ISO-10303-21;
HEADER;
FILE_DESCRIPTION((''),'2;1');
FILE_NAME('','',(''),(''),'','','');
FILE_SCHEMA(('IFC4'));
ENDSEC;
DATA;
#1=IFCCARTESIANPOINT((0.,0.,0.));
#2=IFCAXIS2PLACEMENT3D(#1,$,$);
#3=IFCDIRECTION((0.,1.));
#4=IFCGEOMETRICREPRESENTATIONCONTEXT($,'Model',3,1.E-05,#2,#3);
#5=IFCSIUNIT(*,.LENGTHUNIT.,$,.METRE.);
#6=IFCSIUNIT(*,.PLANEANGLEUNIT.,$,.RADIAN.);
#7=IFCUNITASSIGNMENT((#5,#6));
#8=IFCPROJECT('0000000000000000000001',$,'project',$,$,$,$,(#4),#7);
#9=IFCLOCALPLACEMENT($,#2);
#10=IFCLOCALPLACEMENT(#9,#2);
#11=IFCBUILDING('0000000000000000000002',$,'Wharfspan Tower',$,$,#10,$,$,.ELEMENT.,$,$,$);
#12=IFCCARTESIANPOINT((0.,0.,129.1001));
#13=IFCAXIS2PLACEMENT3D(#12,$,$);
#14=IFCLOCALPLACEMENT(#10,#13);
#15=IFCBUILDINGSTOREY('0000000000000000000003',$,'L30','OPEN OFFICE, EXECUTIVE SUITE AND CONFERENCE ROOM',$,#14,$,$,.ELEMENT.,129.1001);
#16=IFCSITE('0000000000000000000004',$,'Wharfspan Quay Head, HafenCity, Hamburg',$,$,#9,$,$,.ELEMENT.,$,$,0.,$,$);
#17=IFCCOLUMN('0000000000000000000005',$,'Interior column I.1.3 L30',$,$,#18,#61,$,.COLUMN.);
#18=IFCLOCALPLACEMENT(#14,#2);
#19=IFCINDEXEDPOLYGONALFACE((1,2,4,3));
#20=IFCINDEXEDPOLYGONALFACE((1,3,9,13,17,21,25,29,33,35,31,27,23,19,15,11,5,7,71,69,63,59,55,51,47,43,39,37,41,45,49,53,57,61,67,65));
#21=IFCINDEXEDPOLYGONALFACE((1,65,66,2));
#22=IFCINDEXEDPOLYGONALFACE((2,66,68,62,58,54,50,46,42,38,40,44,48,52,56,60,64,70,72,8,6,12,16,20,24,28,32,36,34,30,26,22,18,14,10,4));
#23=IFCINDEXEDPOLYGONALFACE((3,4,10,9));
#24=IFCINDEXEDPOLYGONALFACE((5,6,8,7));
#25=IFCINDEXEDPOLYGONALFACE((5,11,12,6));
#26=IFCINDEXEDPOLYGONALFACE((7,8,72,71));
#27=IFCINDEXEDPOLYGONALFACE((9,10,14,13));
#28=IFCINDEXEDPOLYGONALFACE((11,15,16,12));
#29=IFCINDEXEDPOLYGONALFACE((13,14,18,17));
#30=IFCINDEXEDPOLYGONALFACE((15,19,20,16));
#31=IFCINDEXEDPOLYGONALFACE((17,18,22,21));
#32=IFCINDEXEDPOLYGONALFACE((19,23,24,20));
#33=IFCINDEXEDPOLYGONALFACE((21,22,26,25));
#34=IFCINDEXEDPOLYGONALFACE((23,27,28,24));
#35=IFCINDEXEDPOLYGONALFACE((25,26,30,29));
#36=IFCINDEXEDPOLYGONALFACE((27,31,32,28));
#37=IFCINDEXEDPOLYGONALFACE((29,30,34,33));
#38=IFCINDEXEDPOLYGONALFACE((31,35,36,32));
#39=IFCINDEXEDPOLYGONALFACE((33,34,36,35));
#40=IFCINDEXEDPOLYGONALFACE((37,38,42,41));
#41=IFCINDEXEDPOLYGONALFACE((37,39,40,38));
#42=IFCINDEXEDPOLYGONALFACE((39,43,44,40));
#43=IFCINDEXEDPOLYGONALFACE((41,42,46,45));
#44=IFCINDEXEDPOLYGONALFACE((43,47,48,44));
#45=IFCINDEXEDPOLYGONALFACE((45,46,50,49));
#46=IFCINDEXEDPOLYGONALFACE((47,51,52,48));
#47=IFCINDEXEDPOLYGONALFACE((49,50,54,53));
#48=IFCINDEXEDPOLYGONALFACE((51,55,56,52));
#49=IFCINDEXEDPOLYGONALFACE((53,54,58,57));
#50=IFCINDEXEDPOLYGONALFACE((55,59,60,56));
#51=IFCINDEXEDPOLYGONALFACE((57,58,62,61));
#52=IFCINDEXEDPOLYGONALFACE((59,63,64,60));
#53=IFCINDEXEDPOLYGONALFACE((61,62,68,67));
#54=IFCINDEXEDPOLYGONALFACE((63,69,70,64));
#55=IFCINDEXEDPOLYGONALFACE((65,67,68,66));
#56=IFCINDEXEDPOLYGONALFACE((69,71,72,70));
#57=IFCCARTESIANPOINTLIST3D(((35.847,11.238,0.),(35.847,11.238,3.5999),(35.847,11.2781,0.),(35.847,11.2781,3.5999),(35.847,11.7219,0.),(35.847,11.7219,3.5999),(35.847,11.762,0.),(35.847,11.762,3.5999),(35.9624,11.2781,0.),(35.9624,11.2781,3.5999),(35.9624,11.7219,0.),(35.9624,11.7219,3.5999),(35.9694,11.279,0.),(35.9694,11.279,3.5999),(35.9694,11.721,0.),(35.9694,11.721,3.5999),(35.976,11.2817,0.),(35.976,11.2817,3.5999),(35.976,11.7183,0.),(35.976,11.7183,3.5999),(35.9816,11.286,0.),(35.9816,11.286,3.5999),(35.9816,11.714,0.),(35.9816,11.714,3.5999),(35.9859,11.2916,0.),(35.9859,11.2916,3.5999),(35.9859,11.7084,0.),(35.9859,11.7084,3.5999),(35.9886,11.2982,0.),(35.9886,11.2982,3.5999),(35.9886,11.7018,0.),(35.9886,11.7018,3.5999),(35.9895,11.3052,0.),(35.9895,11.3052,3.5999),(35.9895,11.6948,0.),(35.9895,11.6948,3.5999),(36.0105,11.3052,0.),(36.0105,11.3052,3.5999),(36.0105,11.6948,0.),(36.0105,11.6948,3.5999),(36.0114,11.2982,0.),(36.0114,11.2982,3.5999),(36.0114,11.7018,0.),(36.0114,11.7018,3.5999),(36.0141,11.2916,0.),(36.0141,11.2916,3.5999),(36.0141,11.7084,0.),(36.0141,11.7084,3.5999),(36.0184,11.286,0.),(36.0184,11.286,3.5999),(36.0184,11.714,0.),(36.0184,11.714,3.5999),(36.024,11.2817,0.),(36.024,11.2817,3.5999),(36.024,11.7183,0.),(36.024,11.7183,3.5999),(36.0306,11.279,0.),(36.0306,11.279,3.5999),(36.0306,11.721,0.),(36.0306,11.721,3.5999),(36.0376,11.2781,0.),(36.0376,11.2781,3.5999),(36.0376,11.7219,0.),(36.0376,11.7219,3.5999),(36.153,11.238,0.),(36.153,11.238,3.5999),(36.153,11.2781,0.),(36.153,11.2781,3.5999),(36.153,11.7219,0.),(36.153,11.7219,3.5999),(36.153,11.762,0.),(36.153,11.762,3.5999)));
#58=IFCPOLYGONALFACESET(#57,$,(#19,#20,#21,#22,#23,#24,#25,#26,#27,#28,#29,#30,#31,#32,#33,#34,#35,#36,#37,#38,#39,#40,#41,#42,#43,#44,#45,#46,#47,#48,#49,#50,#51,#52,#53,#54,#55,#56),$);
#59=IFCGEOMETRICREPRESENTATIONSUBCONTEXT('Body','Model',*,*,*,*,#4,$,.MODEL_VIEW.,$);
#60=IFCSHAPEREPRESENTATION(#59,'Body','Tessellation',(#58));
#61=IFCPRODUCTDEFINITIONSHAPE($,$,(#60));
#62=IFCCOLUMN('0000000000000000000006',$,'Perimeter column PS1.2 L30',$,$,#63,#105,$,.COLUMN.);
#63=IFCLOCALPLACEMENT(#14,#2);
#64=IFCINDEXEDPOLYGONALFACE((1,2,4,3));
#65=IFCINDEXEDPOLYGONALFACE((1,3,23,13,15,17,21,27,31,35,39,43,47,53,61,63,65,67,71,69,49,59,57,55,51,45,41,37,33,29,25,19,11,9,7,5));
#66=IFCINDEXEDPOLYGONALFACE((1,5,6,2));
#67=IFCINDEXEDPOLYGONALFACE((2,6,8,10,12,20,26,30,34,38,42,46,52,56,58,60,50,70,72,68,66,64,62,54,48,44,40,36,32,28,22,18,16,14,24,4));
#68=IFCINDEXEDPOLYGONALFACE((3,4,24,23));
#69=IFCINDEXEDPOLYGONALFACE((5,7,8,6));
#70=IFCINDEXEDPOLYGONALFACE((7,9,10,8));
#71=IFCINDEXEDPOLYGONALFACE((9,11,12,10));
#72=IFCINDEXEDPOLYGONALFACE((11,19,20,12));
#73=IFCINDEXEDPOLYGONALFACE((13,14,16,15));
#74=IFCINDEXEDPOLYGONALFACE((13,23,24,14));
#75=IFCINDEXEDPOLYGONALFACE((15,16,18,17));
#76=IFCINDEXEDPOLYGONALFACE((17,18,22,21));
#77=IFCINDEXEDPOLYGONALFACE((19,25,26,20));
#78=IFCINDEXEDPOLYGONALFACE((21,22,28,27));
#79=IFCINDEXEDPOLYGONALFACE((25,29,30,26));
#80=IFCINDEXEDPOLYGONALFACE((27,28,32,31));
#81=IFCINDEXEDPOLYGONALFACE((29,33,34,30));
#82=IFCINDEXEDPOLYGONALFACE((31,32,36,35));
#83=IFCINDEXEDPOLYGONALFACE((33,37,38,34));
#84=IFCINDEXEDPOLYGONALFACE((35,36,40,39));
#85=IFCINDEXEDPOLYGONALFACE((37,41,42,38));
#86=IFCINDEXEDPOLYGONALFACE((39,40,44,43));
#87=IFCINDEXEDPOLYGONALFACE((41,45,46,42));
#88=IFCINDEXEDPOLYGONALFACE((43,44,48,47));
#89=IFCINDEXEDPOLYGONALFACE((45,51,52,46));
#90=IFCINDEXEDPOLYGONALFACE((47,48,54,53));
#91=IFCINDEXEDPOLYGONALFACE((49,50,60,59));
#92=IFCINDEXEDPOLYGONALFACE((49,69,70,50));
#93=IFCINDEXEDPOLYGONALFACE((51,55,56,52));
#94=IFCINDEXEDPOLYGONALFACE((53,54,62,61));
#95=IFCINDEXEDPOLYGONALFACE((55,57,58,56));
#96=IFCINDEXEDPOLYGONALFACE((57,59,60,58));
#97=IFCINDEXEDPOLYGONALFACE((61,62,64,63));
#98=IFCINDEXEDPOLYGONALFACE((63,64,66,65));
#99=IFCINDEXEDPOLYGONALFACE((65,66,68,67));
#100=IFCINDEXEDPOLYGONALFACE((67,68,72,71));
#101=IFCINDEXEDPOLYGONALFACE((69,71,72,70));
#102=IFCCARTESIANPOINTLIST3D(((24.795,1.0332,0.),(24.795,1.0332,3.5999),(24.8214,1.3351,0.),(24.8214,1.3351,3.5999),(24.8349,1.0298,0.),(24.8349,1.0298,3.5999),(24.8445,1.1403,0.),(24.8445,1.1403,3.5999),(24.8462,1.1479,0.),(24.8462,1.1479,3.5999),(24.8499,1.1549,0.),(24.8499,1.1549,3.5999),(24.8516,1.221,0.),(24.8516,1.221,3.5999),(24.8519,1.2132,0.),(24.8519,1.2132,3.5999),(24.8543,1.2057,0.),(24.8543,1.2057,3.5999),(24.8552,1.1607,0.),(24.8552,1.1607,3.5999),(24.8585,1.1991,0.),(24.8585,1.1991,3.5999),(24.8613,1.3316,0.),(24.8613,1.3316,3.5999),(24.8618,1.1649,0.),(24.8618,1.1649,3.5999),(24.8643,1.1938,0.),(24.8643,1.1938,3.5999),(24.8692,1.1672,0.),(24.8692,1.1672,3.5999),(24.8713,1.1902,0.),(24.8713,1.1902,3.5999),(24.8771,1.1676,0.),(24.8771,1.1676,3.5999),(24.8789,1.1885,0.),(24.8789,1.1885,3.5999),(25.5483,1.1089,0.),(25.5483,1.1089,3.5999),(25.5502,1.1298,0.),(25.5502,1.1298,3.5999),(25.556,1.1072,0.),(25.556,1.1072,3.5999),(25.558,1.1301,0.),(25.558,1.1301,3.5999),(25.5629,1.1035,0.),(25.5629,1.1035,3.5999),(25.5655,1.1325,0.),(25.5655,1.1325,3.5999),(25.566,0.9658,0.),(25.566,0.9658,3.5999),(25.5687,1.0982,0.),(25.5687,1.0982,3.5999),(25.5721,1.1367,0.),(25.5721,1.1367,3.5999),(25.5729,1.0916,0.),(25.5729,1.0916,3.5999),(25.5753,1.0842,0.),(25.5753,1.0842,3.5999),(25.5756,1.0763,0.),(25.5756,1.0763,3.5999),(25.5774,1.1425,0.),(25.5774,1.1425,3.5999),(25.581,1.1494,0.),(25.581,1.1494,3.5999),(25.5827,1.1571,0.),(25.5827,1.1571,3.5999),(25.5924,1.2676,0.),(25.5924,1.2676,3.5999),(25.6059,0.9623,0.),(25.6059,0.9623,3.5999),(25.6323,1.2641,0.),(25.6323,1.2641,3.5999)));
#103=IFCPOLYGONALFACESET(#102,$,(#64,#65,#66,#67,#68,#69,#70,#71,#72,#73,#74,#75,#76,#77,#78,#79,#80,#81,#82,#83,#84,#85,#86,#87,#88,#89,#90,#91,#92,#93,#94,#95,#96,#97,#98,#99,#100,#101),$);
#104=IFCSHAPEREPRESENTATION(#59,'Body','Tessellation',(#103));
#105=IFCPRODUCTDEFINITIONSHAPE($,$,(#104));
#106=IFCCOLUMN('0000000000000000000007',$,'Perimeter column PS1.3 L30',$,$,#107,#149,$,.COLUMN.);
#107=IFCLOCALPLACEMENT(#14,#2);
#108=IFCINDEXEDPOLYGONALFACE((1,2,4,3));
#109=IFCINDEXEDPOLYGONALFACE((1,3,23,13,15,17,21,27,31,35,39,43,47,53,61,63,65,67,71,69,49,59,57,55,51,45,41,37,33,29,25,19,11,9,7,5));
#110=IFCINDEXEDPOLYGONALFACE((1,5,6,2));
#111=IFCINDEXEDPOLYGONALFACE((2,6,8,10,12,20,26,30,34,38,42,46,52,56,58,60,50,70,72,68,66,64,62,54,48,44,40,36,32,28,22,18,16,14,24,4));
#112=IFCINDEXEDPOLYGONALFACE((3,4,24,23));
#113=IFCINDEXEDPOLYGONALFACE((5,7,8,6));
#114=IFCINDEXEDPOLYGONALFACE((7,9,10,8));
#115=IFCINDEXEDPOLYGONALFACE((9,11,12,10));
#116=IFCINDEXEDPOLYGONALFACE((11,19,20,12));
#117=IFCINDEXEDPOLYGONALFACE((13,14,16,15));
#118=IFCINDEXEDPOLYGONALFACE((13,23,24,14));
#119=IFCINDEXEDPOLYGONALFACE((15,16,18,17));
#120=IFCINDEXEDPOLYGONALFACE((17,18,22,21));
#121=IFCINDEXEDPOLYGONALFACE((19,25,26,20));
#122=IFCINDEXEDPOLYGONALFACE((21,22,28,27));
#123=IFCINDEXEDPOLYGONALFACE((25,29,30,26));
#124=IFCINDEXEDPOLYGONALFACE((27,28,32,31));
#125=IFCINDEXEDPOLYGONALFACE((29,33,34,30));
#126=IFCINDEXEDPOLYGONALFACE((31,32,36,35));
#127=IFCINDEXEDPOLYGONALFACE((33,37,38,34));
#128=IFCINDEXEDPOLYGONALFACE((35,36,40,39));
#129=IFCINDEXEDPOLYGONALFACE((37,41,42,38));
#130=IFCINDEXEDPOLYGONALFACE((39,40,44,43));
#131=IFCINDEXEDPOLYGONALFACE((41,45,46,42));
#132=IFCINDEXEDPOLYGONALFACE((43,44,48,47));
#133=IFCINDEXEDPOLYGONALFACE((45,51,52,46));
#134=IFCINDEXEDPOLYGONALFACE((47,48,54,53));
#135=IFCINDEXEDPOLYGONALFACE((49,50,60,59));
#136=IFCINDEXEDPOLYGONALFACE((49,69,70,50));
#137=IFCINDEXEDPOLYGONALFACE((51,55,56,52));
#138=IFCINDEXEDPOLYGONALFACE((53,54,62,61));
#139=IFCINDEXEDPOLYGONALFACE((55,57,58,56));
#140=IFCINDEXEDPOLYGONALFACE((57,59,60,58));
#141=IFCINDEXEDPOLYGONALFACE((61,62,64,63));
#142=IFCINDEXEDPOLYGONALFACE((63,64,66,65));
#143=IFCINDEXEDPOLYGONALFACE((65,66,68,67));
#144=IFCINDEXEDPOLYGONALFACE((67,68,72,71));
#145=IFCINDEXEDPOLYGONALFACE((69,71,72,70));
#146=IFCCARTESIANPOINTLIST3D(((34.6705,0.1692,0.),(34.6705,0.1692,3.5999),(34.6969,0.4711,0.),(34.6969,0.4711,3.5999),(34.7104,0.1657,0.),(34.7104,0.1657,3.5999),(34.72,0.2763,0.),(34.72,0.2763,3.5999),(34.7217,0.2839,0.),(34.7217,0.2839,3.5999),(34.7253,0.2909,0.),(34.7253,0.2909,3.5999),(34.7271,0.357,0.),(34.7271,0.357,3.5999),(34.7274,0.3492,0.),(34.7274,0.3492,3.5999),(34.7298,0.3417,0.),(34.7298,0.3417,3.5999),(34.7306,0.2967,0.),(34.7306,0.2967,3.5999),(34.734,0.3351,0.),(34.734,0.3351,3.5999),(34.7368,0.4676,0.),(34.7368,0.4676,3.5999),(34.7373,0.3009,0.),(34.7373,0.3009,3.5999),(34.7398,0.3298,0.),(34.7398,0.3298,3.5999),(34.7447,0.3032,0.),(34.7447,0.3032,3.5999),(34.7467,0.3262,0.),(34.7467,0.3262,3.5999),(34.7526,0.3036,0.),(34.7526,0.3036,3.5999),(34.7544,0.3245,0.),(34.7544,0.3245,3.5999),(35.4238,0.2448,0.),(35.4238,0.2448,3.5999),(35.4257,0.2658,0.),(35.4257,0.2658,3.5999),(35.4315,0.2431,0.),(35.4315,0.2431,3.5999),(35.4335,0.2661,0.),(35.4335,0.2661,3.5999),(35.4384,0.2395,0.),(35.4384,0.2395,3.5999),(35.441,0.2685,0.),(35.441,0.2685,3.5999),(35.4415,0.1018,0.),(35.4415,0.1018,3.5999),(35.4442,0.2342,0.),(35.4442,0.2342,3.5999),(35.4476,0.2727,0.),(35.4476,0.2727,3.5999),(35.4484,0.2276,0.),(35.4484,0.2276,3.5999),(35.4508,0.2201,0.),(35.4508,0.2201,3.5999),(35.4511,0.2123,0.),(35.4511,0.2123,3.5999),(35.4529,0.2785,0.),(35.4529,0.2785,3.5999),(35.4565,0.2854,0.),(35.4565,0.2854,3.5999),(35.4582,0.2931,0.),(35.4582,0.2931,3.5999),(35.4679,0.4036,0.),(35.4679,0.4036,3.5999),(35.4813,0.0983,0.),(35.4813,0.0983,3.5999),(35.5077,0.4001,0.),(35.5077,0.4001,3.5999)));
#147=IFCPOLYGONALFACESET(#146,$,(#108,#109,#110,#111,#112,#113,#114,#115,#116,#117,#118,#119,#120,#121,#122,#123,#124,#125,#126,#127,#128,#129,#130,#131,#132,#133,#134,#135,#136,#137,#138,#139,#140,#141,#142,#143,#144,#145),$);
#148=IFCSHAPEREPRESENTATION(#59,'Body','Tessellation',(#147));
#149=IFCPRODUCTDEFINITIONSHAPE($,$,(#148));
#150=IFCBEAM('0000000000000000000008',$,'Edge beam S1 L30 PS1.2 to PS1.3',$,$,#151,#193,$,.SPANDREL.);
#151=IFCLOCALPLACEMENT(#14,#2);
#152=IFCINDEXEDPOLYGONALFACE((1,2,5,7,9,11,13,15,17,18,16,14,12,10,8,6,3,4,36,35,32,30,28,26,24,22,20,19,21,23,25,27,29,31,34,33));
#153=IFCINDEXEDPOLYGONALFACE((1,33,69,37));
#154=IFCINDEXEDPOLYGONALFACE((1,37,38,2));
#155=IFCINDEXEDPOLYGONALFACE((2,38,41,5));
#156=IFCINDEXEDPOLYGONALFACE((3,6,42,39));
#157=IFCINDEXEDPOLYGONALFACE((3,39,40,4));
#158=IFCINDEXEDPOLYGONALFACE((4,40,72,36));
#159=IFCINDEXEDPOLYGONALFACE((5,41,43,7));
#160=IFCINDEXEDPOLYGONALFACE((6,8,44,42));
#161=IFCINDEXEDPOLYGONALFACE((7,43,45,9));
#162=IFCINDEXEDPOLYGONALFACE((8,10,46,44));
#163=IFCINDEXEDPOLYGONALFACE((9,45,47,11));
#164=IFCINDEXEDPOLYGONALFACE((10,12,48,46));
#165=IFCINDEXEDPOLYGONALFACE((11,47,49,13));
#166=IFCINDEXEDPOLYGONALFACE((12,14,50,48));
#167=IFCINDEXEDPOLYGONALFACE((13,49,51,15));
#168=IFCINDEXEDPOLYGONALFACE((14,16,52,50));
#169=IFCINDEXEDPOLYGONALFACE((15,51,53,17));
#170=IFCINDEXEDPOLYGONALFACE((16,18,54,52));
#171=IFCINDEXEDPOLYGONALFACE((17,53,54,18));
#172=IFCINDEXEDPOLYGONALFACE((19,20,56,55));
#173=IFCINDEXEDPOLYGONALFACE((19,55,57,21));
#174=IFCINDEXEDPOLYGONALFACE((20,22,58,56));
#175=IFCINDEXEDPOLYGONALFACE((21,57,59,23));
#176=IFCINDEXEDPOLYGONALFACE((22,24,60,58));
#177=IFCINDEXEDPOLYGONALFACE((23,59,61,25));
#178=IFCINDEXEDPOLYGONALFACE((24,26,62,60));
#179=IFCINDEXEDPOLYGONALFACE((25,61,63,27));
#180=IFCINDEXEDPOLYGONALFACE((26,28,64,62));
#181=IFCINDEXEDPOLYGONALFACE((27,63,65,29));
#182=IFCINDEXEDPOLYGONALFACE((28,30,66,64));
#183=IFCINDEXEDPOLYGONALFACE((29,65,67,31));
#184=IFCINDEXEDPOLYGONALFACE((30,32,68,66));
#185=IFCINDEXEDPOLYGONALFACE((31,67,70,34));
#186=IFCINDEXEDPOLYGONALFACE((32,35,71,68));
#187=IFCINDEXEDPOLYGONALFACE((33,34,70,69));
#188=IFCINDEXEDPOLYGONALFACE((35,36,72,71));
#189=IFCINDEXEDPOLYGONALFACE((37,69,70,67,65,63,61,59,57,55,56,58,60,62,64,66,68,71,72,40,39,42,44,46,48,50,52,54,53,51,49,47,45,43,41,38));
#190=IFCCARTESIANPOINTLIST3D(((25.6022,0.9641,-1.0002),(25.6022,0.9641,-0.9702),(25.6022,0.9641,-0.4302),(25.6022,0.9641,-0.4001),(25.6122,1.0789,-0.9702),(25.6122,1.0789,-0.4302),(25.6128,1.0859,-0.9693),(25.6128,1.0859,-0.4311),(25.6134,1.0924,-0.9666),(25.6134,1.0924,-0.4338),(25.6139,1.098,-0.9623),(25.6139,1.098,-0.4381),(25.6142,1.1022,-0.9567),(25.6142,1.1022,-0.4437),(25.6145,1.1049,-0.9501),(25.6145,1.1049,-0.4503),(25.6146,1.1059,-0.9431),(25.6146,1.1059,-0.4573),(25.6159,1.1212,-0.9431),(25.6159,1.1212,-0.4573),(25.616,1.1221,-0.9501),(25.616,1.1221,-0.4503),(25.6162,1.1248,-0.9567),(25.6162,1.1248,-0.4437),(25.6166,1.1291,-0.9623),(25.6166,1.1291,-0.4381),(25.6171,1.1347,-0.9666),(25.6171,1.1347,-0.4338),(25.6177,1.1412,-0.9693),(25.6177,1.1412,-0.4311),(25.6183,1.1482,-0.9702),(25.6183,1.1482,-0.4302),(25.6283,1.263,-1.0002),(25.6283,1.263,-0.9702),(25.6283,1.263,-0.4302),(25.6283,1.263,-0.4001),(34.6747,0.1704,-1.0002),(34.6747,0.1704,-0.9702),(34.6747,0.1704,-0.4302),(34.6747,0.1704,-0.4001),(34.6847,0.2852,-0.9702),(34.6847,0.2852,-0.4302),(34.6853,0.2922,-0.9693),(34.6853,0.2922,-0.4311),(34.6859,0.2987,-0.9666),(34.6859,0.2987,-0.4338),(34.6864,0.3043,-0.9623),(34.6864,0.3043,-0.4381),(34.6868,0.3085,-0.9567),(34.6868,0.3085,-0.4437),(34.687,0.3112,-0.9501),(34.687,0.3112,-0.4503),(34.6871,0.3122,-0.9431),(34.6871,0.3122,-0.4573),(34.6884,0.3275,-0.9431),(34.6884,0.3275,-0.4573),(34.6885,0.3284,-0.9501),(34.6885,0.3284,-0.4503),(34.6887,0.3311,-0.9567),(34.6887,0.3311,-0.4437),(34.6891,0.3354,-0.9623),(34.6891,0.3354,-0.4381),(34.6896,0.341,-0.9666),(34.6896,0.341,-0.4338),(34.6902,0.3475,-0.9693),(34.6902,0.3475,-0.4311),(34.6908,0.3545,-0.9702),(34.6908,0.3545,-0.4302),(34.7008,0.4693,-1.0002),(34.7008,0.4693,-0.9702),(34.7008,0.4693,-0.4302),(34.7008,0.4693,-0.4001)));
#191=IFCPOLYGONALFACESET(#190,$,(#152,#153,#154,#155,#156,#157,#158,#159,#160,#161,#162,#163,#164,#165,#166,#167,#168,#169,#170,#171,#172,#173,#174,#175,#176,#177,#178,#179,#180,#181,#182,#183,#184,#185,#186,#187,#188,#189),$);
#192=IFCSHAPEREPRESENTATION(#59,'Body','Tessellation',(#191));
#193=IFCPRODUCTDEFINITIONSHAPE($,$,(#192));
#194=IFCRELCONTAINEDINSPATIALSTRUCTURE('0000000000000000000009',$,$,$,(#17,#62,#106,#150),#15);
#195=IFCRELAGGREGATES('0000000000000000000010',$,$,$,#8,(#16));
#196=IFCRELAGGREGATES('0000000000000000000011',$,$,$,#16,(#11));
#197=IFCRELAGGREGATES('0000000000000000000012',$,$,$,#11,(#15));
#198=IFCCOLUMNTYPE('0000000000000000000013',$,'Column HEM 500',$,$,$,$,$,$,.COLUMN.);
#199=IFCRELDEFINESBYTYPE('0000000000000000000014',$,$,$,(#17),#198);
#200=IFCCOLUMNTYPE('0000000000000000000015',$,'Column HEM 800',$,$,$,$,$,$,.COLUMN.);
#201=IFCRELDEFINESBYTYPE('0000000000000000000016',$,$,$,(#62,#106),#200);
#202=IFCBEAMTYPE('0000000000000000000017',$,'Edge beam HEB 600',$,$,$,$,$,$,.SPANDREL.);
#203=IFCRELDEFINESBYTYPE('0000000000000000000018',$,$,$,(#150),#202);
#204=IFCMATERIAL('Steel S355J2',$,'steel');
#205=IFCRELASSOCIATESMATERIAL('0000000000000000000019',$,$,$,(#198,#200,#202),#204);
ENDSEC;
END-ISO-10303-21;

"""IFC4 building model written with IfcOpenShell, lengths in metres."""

from ifc_helpers import new_model, si_unit, direction, frame, origin, origin_2d, place, context, subcontext, project, spatial, i_section, extrude, material, material_profile, profile_set, type_object, element, save


model = new_model("IFC4")

# Units and contexts
model_context = context("Model", 3, precision=1e-05, world=origin(), true_north=direction((0.0, 1.0)))
body_context = subcontext(model_context, "Body", "Model", "MODEL_VIEW")
ifc_project = project(units=[si_unit("LENGTHUNIT", "METRE"), si_unit("PLANEANGLEUNIT", "RADIAN")], contexts=[model_context])

# Site, building, storey
site_placement = place(None, origin())
site = spatial("IfcSite", under=ifc_project, at=site_placement, Name="Wharfspan Quay Head, HafenCity, Hamburg", CompositionType="ELEMENT", RefElevation=0.0)
building_placement = place(site_placement, origin())
building = spatial("IfcBuilding", under=site, at=building_placement, Name="Wharfspan Tower", CompositionType="ELEMENT")
storey_placement = place(building_placement, frame((0.0, 0.0, 129.1001)))
storey = spatial("IfcBuildingStorey", under=building, at=storey_placement, Name="L30", Description="OPEN OFFICE, EXECUTIVE SUITE AND CONFERENCE ROOM", CompositionType="ELEMENT", Elevation=129.1001)

# Columns
ifc_material_1 = material(Name="Steel S355J2", Category="steel")
ifc_material_profile_1 = material_profile(ifc_material_1, i_section(OverallWidth=0.3059, OverallDepth=0.5239, WebThickness=0.021, FlangeThickness=0.04, FilletRadius=0.0271, at=origin_2d()))
ifc_profile_set_1 = profile_set([ifc_material_profile_1], Name="Steel S355J2")
column_type_1 = type_object("IfcColumnType", Name="Column HEM 500", PredefinedType="COLUMN", material=ifc_profile_set_1)
column_placement = place(storey_placement, frame((36.0, 11.5, 0.0), z_axis=(0.0, 0.0, 1.0), x_axis=(1.0, 0.0, 0.0)))
element("IfcColumn", 1, at=column_placement, inside=storey, type_object=column_type_1, Name="Interior column I.1.3 L30", PredefinedType="COLUMN", context=body_context, shape_type="SweptSolid", body=[
    extrude(i_section(OverallWidth=0.3059, OverallDepth=0.5239, WebThickness=0.021, FlangeThickness=0.04, FilletRadius=0.0271, at=origin_2d()), origin(), (0.0, 0.0, 1.0), 3.5999),
])
ifc_material_profile_2 = material_profile(ifc_material_1, i_section(OverallWidth=0.303, OverallDepth=0.814, WebThickness=0.021, FlangeThickness=0.04, FilletRadius=0.03, at=origin_2d()))
ifc_profile_set_2 = profile_set([ifc_material_profile_2], Name="Steel S355J2")
column_type_2 = type_object("IfcColumnType", Name="Column HEM 800", PredefinedType="COLUMN", material=ifc_profile_set_2)
for number, where, z_axis, x_axis, name in (
    (2, (25.2136, 1.1487, 0.0), (0.0, 0.0, 1.0), (-0.087156, -0.996198, 0.0), "Perimeter column PS1.2 L30"),
    (3, (35.0891, 0.2847, 0.0), (0.0, 0.0, 1.0), (-0.087156, -0.996198, 0.0), "Perimeter column PS1.3 L30"),
):
    element("IfcColumn", number, at=place(storey_placement, frame(where, z_axis=z_axis, x_axis=x_axis)), inside=storey, type_object=column_type_2, Name=name, PredefinedType="COLUMN", context=body_context, shape_type="SweptSolid", body=[
        extrude(i_section(OverallWidth=0.303, OverallDepth=0.814, WebThickness=0.021, FlangeThickness=0.04, FilletRadius=0.03, at=origin_2d()), origin(), (0.0, 0.0, 1.0), 3.5999),
    ])

# Beam
ifc_material_profile_3 = material_profile(ifc_material_1, i_section(OverallWidth=0.3, OverallDepth=0.6001, WebThickness=0.0154, FlangeThickness=0.03, FilletRadius=0.0271, at=origin_2d()))
ifc_profile_set_3 = profile_set([ifc_material_profile_3], Name="Steel S355J2")
beam_type = type_object("IfcBeamType", Name="Edge beam HEB 600", PredefinedType="SPANDREL", material=ifc_profile_set_3)
beam_1_placement = place(storey_placement, frame((25.6152, 1.1135, -0.7002), z_axis=(0.996195, -0.087151, 0.0), x_axis=(0.087151, 0.996195, 0.0)))
element("IfcBeam", 4, at=beam_1_placement, inside=storey, type_object=beam_type, Name="Edge beam S1 L30 PS1.2 to PS1.3", PredefinedType="SPANDREL", context=body_context, shape_type="SweptSolid", body=[
    extrude(i_section(OverallWidth=0.3, OverallDepth=0.6001, WebThickness=0.0154, FlangeThickness=0.03, FilletRadius=0.0271, at=origin_2d()), origin(), (0.0, 0.0, 1.0), 9.1072),
])

save(model, "model.ifc")
